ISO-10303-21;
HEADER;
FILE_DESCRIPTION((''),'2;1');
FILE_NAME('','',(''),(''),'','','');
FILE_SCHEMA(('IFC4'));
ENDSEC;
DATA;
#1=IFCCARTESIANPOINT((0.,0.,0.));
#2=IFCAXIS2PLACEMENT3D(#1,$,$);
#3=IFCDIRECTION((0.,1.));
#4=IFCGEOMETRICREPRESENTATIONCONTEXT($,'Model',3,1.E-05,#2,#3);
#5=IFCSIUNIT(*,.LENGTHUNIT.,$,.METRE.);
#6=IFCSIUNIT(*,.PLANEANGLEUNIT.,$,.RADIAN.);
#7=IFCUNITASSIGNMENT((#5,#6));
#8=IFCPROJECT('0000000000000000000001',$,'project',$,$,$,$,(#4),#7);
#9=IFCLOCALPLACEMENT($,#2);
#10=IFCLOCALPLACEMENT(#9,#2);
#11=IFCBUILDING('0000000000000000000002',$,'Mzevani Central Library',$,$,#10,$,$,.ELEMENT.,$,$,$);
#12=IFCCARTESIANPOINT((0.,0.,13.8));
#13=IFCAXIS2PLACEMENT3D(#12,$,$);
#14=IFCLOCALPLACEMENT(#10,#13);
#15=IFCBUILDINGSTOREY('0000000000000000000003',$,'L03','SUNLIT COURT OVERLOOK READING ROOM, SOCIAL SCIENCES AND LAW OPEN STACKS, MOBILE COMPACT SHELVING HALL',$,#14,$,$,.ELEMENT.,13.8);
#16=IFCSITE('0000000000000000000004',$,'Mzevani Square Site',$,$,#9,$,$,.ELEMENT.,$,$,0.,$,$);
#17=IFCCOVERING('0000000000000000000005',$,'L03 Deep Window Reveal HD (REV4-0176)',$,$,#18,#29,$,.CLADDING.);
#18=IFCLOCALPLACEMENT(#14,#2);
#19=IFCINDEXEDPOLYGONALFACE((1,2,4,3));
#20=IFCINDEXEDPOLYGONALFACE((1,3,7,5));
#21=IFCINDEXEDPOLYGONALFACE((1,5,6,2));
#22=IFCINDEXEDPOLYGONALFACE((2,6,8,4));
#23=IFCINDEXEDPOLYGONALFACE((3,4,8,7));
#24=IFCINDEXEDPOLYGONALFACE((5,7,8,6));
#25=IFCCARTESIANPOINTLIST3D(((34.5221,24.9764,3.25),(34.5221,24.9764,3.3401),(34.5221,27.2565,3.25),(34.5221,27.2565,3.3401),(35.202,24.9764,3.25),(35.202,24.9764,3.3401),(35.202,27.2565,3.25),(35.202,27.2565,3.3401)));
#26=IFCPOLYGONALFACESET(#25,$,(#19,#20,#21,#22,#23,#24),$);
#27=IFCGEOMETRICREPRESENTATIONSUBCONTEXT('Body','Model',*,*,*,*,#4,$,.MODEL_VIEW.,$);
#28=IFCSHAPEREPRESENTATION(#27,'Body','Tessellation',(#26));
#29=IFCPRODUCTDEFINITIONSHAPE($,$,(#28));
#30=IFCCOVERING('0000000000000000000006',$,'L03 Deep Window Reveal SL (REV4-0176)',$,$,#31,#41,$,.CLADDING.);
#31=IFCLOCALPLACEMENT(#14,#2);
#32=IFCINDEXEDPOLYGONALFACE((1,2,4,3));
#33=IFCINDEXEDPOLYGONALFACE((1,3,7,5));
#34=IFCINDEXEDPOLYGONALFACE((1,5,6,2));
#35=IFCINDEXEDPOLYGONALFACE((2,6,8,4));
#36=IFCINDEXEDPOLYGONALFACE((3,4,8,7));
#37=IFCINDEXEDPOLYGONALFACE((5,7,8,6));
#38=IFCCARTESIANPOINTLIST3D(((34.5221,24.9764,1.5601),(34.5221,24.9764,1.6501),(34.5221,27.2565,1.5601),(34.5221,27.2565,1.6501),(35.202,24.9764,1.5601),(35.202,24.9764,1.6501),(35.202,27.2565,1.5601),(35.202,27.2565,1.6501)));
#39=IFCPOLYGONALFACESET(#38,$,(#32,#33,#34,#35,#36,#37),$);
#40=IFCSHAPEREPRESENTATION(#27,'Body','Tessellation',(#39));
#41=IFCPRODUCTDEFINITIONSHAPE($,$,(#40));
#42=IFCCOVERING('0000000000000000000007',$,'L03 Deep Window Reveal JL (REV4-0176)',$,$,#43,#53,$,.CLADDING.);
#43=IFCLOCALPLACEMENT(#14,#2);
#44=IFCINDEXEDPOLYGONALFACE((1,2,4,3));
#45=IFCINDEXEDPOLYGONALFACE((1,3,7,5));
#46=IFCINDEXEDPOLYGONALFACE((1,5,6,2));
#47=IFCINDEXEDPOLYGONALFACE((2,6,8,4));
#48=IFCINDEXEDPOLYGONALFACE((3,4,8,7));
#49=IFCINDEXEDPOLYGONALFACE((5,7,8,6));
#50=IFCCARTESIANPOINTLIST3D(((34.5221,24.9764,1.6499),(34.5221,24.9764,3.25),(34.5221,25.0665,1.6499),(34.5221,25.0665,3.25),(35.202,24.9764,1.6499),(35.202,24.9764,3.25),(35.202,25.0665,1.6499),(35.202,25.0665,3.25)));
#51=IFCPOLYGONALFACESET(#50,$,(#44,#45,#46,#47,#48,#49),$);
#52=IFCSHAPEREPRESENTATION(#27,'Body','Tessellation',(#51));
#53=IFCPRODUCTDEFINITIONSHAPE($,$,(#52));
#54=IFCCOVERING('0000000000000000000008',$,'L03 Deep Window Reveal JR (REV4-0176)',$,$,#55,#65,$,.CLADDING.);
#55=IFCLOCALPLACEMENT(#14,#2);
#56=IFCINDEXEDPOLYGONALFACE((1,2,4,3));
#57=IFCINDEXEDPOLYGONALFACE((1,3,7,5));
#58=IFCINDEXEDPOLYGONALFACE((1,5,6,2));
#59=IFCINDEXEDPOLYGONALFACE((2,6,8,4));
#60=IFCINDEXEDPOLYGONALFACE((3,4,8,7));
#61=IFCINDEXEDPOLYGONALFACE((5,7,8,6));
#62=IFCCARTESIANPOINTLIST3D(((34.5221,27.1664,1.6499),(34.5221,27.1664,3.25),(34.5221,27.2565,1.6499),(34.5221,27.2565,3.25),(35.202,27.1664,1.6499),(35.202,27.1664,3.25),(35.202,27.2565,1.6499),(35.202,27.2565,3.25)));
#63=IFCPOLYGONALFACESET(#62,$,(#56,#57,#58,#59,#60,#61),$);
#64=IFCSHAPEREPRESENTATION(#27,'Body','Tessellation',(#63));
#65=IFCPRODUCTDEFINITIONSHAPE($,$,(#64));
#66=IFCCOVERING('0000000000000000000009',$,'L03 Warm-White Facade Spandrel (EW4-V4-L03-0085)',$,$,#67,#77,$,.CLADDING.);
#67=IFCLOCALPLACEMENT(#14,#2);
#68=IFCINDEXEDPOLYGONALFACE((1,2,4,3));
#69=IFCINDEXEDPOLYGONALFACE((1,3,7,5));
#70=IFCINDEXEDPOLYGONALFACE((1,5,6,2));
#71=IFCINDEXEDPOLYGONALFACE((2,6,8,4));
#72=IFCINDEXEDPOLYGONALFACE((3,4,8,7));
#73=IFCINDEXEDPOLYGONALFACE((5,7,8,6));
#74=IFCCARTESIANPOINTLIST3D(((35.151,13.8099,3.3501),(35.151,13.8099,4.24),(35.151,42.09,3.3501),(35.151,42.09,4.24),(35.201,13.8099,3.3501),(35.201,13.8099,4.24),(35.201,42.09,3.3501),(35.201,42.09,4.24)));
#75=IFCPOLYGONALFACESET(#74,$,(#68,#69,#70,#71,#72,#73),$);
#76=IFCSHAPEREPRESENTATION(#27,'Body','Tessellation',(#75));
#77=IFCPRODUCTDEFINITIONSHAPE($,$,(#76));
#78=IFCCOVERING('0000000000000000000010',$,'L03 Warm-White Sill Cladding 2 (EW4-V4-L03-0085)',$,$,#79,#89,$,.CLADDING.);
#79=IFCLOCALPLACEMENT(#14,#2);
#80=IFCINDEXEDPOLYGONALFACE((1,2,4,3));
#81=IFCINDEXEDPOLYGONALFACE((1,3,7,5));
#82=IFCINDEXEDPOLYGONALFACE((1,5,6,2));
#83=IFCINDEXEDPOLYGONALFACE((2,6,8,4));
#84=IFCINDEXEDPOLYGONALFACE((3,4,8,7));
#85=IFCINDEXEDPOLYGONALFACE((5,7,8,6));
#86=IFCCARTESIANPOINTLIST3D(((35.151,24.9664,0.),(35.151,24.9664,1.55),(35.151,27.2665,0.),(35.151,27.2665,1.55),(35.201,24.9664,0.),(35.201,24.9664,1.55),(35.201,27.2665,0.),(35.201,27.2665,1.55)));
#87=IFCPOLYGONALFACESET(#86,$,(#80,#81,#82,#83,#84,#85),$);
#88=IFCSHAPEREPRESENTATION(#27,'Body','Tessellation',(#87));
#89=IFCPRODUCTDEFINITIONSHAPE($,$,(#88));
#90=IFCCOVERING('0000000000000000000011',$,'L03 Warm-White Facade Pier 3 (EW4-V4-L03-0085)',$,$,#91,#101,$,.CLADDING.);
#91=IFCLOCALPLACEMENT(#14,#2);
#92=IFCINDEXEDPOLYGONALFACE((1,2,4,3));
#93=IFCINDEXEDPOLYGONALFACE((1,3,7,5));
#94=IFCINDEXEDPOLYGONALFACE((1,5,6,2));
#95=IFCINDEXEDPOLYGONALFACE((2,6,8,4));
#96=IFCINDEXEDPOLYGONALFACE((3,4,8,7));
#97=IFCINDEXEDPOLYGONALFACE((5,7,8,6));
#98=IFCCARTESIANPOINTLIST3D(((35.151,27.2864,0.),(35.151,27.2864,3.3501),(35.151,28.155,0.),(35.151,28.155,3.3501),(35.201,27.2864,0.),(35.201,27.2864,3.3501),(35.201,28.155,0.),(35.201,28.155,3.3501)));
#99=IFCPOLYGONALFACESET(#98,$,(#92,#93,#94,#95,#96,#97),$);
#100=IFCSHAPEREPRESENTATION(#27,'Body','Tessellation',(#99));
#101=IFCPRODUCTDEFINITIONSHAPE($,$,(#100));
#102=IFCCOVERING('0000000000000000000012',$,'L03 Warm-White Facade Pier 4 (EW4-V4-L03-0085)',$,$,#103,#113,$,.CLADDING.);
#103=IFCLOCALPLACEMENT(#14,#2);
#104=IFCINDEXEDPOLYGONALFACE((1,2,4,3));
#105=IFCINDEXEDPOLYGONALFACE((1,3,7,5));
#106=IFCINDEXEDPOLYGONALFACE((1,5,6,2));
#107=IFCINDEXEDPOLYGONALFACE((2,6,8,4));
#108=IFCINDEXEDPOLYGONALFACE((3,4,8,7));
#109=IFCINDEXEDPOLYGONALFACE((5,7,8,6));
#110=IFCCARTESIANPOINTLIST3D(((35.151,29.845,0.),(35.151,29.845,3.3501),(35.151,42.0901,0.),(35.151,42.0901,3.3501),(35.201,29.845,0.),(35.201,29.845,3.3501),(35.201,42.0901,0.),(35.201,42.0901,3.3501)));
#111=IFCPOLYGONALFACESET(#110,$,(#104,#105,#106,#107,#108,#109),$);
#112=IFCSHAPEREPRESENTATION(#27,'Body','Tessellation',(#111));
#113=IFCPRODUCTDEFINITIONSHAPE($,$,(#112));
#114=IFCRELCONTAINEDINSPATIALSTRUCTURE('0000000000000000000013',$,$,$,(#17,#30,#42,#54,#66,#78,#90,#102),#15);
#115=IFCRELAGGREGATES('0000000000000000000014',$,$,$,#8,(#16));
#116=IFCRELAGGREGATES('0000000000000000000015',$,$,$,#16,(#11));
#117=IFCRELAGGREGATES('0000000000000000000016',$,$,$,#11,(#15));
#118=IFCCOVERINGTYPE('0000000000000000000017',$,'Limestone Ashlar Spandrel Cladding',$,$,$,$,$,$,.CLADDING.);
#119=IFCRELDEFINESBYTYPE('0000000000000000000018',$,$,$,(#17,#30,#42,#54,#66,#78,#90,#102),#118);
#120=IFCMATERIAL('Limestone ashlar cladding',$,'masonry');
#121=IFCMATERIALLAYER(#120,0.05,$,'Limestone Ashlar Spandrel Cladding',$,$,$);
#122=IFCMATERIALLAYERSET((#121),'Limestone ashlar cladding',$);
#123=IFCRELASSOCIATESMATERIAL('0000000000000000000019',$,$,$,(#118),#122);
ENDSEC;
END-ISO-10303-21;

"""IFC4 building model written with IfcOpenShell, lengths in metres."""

from ifc_helpers import new_model, si_unit, direction, frame, origin, origin_2d, place, context, subcontext, project, spatial, rectangle, extrude, material, layer, layer_set, type_object, element, save


model = new_model("IFC4")

# Units and contexts
model_context = context("Model", 3, precision=1e-05, world=origin(), true_north=direction((0.0, 1.0)))
body_context = subcontext(model_context, "Body", "Model", "MODEL_VIEW")
ifc_project = project(units=[si_unit("LENGTHUNIT", "METRE"), si_unit("PLANEANGLEUNIT", "RADIAN")], contexts=[model_context])

# Site, building, storey
site_placement = place(None, origin())
site = spatial("IfcSite", under=ifc_project, at=site_placement, Name="Mzevani Square Site", CompositionType="ELEMENT", RefElevation=0.0)
building_placement = place(site_placement, origin())
building = spatial("IfcBuilding", under=site, at=building_placement, Name="Mzevani Central Library", CompositionType="ELEMENT")
storey_placement = place(building_placement, frame((0.0, 0.0, 13.8)))
storey = spatial("IfcBuildingStorey", under=building, at=storey_placement, Name="L03", Description="SUNLIT COURT OVERLOOK READING ROOM, SOCIAL SCIENCES AND LAW OPEN STACKS, MOBILE COMPACT SHELVING HALL", CompositionType="ELEMENT", Elevation=13.8)

# Coverings
ifc_material_1 = material(Name="Limestone ashlar cladding", Category="masonry")
ifc_layer_1 = layer(ifc_material_1, 0.05, Name="Limestone Ashlar Spandrel Cladding")
ifc_layer_set_1 = layer_set([ifc_layer_1], Name="Limestone ashlar cladding")
covering_type = type_object("IfcCoveringType", Name="Limestone Ashlar Spandrel Cladding", PredefinedType="CLADDING", material=ifc_layer_set_1)
for number, where, z_axis, x_axis, name in (
    (1, (34.8621, 26.1165, 3.25), (0.0, 0.0, 1.0), (0.0, 1.0, 0.0), "L03 Deep Window Reveal HD (REV4-0176)"),
    (2, (34.8621, 26.1165, 1.5601), (0.0, 0.0, 1.0), (0.0, 1.0, 0.0), "L03 Deep Window Reveal SL (REV4-0176)"),
):
    element("IfcCovering", number, at=place(storey_placement, frame(where, z_axis=z_axis, x_axis=x_axis)), inside=storey, type_object=covering_type, Name=name, PredefinedType="CLADDING", context=body_context, shape_type="SweptSolid", body=[
        extrude(rectangle(XDim=2.28, YDim=0.6799, at=origin_2d()), origin(), (0.0, 0.0, 1.0), 0.0901),
    ])
for number, where, z_axis, x_axis, name in (
    (3, (34.8621, 25.0215, 1.6499), (0.0, 0.0, 1.0), (0.0, 1.0, 0.0), "L03 Deep Window Reveal JL (REV4-0176)"),
    (4, (34.8621, 27.2114, 1.6499), (0.0, 0.0, 1.0), (0.0, 1.0, 0.0), "L03 Deep Window Reveal JR (REV4-0176)"),
):
    element("IfcCovering", number, at=place(storey_placement, frame(where, z_axis=z_axis, x_axis=x_axis)), inside=storey, type_object=covering_type, Name=name, PredefinedType="CLADDING", context=body_context, shape_type="SweptSolid", body=[
        extrude(rectangle(XDim=0.0901, YDim=0.6799, at=origin_2d()), origin(), (0.0, 0.0, 1.0), 1.6001),
    ])
covering_1_placement = place(storey_placement, frame((35.176, 27.95, 3.3501), z_axis=(0.0, 0.0, 1.0), x_axis=(0.0, 1.0, 0.0)))
element("IfcCovering", 5, at=covering_1_placement, inside=storey, type_object=covering_type, Name="L03 Warm-White Facade Spandrel (EW4-V4-L03-0085)", PredefinedType="CLADDING", context=body_context, shape_type="SweptSolid", body=[
    extrude(rectangle(XDim=28.28, YDim=0.05, at=origin_2d()), origin(), (0.0, 0.0, 1.0), 0.8899),
])
covering_2_placement = place(storey_placement, frame((35.176, 26.1165, 0.0), z_axis=(0.0, 0.0, 1.0), x_axis=(0.0, 1.0, 0.0)))
element("IfcCovering", 6, at=covering_2_placement, inside=storey, type_object=covering_type, Name="L03 Warm-White Sill Cladding 2 (EW4-V4-L03-0085)", PredefinedType="CLADDING", context=body_context, shape_type="SweptSolid", body=[
    extrude(rectangle(XDim=2.3, YDim=0.05, at=origin_2d()), origin(), (0.0, 0.0, 1.0), 1.55),
])
covering_3_placement = place(storey_placement, frame((35.176, 27.7207, 0.0), z_axis=(0.0, 0.0, 1.0), x_axis=(0.0, 1.0, 0.0)))
element("IfcCovering", 7, at=covering_3_placement, inside=storey, type_object=covering_type, Name="L03 Warm-White Facade Pier 3 (EW4-V4-L03-0085)", PredefinedType="CLADDING", context=body_context, shape_type="SweptSolid", body=[
    extrude(rectangle(XDim=0.8687, YDim=0.05, at=origin_2d()), origin(), (0.0, 0.0, 1.0), 3.3501),
])
covering_4_placement = place(storey_placement, frame((35.176, 35.9675, 0.0), z_axis=(0.0, 0.0, 1.0), x_axis=(0.0, 1.0, 0.0)))
element("IfcCovering", 8, at=covering_4_placement, inside=storey, type_object=covering_type, Name="L03 Warm-White Facade Pier 4 (EW4-V4-L03-0085)", PredefinedType="CLADDING", context=body_context, shape_type="SweptSolid", body=[
    extrude(rectangle(XDim=12.2451, YDim=0.05, at=origin_2d()), origin(), (0.0, 0.0, 1.0), 3.3501),
])

save(model, "model.ifc")
